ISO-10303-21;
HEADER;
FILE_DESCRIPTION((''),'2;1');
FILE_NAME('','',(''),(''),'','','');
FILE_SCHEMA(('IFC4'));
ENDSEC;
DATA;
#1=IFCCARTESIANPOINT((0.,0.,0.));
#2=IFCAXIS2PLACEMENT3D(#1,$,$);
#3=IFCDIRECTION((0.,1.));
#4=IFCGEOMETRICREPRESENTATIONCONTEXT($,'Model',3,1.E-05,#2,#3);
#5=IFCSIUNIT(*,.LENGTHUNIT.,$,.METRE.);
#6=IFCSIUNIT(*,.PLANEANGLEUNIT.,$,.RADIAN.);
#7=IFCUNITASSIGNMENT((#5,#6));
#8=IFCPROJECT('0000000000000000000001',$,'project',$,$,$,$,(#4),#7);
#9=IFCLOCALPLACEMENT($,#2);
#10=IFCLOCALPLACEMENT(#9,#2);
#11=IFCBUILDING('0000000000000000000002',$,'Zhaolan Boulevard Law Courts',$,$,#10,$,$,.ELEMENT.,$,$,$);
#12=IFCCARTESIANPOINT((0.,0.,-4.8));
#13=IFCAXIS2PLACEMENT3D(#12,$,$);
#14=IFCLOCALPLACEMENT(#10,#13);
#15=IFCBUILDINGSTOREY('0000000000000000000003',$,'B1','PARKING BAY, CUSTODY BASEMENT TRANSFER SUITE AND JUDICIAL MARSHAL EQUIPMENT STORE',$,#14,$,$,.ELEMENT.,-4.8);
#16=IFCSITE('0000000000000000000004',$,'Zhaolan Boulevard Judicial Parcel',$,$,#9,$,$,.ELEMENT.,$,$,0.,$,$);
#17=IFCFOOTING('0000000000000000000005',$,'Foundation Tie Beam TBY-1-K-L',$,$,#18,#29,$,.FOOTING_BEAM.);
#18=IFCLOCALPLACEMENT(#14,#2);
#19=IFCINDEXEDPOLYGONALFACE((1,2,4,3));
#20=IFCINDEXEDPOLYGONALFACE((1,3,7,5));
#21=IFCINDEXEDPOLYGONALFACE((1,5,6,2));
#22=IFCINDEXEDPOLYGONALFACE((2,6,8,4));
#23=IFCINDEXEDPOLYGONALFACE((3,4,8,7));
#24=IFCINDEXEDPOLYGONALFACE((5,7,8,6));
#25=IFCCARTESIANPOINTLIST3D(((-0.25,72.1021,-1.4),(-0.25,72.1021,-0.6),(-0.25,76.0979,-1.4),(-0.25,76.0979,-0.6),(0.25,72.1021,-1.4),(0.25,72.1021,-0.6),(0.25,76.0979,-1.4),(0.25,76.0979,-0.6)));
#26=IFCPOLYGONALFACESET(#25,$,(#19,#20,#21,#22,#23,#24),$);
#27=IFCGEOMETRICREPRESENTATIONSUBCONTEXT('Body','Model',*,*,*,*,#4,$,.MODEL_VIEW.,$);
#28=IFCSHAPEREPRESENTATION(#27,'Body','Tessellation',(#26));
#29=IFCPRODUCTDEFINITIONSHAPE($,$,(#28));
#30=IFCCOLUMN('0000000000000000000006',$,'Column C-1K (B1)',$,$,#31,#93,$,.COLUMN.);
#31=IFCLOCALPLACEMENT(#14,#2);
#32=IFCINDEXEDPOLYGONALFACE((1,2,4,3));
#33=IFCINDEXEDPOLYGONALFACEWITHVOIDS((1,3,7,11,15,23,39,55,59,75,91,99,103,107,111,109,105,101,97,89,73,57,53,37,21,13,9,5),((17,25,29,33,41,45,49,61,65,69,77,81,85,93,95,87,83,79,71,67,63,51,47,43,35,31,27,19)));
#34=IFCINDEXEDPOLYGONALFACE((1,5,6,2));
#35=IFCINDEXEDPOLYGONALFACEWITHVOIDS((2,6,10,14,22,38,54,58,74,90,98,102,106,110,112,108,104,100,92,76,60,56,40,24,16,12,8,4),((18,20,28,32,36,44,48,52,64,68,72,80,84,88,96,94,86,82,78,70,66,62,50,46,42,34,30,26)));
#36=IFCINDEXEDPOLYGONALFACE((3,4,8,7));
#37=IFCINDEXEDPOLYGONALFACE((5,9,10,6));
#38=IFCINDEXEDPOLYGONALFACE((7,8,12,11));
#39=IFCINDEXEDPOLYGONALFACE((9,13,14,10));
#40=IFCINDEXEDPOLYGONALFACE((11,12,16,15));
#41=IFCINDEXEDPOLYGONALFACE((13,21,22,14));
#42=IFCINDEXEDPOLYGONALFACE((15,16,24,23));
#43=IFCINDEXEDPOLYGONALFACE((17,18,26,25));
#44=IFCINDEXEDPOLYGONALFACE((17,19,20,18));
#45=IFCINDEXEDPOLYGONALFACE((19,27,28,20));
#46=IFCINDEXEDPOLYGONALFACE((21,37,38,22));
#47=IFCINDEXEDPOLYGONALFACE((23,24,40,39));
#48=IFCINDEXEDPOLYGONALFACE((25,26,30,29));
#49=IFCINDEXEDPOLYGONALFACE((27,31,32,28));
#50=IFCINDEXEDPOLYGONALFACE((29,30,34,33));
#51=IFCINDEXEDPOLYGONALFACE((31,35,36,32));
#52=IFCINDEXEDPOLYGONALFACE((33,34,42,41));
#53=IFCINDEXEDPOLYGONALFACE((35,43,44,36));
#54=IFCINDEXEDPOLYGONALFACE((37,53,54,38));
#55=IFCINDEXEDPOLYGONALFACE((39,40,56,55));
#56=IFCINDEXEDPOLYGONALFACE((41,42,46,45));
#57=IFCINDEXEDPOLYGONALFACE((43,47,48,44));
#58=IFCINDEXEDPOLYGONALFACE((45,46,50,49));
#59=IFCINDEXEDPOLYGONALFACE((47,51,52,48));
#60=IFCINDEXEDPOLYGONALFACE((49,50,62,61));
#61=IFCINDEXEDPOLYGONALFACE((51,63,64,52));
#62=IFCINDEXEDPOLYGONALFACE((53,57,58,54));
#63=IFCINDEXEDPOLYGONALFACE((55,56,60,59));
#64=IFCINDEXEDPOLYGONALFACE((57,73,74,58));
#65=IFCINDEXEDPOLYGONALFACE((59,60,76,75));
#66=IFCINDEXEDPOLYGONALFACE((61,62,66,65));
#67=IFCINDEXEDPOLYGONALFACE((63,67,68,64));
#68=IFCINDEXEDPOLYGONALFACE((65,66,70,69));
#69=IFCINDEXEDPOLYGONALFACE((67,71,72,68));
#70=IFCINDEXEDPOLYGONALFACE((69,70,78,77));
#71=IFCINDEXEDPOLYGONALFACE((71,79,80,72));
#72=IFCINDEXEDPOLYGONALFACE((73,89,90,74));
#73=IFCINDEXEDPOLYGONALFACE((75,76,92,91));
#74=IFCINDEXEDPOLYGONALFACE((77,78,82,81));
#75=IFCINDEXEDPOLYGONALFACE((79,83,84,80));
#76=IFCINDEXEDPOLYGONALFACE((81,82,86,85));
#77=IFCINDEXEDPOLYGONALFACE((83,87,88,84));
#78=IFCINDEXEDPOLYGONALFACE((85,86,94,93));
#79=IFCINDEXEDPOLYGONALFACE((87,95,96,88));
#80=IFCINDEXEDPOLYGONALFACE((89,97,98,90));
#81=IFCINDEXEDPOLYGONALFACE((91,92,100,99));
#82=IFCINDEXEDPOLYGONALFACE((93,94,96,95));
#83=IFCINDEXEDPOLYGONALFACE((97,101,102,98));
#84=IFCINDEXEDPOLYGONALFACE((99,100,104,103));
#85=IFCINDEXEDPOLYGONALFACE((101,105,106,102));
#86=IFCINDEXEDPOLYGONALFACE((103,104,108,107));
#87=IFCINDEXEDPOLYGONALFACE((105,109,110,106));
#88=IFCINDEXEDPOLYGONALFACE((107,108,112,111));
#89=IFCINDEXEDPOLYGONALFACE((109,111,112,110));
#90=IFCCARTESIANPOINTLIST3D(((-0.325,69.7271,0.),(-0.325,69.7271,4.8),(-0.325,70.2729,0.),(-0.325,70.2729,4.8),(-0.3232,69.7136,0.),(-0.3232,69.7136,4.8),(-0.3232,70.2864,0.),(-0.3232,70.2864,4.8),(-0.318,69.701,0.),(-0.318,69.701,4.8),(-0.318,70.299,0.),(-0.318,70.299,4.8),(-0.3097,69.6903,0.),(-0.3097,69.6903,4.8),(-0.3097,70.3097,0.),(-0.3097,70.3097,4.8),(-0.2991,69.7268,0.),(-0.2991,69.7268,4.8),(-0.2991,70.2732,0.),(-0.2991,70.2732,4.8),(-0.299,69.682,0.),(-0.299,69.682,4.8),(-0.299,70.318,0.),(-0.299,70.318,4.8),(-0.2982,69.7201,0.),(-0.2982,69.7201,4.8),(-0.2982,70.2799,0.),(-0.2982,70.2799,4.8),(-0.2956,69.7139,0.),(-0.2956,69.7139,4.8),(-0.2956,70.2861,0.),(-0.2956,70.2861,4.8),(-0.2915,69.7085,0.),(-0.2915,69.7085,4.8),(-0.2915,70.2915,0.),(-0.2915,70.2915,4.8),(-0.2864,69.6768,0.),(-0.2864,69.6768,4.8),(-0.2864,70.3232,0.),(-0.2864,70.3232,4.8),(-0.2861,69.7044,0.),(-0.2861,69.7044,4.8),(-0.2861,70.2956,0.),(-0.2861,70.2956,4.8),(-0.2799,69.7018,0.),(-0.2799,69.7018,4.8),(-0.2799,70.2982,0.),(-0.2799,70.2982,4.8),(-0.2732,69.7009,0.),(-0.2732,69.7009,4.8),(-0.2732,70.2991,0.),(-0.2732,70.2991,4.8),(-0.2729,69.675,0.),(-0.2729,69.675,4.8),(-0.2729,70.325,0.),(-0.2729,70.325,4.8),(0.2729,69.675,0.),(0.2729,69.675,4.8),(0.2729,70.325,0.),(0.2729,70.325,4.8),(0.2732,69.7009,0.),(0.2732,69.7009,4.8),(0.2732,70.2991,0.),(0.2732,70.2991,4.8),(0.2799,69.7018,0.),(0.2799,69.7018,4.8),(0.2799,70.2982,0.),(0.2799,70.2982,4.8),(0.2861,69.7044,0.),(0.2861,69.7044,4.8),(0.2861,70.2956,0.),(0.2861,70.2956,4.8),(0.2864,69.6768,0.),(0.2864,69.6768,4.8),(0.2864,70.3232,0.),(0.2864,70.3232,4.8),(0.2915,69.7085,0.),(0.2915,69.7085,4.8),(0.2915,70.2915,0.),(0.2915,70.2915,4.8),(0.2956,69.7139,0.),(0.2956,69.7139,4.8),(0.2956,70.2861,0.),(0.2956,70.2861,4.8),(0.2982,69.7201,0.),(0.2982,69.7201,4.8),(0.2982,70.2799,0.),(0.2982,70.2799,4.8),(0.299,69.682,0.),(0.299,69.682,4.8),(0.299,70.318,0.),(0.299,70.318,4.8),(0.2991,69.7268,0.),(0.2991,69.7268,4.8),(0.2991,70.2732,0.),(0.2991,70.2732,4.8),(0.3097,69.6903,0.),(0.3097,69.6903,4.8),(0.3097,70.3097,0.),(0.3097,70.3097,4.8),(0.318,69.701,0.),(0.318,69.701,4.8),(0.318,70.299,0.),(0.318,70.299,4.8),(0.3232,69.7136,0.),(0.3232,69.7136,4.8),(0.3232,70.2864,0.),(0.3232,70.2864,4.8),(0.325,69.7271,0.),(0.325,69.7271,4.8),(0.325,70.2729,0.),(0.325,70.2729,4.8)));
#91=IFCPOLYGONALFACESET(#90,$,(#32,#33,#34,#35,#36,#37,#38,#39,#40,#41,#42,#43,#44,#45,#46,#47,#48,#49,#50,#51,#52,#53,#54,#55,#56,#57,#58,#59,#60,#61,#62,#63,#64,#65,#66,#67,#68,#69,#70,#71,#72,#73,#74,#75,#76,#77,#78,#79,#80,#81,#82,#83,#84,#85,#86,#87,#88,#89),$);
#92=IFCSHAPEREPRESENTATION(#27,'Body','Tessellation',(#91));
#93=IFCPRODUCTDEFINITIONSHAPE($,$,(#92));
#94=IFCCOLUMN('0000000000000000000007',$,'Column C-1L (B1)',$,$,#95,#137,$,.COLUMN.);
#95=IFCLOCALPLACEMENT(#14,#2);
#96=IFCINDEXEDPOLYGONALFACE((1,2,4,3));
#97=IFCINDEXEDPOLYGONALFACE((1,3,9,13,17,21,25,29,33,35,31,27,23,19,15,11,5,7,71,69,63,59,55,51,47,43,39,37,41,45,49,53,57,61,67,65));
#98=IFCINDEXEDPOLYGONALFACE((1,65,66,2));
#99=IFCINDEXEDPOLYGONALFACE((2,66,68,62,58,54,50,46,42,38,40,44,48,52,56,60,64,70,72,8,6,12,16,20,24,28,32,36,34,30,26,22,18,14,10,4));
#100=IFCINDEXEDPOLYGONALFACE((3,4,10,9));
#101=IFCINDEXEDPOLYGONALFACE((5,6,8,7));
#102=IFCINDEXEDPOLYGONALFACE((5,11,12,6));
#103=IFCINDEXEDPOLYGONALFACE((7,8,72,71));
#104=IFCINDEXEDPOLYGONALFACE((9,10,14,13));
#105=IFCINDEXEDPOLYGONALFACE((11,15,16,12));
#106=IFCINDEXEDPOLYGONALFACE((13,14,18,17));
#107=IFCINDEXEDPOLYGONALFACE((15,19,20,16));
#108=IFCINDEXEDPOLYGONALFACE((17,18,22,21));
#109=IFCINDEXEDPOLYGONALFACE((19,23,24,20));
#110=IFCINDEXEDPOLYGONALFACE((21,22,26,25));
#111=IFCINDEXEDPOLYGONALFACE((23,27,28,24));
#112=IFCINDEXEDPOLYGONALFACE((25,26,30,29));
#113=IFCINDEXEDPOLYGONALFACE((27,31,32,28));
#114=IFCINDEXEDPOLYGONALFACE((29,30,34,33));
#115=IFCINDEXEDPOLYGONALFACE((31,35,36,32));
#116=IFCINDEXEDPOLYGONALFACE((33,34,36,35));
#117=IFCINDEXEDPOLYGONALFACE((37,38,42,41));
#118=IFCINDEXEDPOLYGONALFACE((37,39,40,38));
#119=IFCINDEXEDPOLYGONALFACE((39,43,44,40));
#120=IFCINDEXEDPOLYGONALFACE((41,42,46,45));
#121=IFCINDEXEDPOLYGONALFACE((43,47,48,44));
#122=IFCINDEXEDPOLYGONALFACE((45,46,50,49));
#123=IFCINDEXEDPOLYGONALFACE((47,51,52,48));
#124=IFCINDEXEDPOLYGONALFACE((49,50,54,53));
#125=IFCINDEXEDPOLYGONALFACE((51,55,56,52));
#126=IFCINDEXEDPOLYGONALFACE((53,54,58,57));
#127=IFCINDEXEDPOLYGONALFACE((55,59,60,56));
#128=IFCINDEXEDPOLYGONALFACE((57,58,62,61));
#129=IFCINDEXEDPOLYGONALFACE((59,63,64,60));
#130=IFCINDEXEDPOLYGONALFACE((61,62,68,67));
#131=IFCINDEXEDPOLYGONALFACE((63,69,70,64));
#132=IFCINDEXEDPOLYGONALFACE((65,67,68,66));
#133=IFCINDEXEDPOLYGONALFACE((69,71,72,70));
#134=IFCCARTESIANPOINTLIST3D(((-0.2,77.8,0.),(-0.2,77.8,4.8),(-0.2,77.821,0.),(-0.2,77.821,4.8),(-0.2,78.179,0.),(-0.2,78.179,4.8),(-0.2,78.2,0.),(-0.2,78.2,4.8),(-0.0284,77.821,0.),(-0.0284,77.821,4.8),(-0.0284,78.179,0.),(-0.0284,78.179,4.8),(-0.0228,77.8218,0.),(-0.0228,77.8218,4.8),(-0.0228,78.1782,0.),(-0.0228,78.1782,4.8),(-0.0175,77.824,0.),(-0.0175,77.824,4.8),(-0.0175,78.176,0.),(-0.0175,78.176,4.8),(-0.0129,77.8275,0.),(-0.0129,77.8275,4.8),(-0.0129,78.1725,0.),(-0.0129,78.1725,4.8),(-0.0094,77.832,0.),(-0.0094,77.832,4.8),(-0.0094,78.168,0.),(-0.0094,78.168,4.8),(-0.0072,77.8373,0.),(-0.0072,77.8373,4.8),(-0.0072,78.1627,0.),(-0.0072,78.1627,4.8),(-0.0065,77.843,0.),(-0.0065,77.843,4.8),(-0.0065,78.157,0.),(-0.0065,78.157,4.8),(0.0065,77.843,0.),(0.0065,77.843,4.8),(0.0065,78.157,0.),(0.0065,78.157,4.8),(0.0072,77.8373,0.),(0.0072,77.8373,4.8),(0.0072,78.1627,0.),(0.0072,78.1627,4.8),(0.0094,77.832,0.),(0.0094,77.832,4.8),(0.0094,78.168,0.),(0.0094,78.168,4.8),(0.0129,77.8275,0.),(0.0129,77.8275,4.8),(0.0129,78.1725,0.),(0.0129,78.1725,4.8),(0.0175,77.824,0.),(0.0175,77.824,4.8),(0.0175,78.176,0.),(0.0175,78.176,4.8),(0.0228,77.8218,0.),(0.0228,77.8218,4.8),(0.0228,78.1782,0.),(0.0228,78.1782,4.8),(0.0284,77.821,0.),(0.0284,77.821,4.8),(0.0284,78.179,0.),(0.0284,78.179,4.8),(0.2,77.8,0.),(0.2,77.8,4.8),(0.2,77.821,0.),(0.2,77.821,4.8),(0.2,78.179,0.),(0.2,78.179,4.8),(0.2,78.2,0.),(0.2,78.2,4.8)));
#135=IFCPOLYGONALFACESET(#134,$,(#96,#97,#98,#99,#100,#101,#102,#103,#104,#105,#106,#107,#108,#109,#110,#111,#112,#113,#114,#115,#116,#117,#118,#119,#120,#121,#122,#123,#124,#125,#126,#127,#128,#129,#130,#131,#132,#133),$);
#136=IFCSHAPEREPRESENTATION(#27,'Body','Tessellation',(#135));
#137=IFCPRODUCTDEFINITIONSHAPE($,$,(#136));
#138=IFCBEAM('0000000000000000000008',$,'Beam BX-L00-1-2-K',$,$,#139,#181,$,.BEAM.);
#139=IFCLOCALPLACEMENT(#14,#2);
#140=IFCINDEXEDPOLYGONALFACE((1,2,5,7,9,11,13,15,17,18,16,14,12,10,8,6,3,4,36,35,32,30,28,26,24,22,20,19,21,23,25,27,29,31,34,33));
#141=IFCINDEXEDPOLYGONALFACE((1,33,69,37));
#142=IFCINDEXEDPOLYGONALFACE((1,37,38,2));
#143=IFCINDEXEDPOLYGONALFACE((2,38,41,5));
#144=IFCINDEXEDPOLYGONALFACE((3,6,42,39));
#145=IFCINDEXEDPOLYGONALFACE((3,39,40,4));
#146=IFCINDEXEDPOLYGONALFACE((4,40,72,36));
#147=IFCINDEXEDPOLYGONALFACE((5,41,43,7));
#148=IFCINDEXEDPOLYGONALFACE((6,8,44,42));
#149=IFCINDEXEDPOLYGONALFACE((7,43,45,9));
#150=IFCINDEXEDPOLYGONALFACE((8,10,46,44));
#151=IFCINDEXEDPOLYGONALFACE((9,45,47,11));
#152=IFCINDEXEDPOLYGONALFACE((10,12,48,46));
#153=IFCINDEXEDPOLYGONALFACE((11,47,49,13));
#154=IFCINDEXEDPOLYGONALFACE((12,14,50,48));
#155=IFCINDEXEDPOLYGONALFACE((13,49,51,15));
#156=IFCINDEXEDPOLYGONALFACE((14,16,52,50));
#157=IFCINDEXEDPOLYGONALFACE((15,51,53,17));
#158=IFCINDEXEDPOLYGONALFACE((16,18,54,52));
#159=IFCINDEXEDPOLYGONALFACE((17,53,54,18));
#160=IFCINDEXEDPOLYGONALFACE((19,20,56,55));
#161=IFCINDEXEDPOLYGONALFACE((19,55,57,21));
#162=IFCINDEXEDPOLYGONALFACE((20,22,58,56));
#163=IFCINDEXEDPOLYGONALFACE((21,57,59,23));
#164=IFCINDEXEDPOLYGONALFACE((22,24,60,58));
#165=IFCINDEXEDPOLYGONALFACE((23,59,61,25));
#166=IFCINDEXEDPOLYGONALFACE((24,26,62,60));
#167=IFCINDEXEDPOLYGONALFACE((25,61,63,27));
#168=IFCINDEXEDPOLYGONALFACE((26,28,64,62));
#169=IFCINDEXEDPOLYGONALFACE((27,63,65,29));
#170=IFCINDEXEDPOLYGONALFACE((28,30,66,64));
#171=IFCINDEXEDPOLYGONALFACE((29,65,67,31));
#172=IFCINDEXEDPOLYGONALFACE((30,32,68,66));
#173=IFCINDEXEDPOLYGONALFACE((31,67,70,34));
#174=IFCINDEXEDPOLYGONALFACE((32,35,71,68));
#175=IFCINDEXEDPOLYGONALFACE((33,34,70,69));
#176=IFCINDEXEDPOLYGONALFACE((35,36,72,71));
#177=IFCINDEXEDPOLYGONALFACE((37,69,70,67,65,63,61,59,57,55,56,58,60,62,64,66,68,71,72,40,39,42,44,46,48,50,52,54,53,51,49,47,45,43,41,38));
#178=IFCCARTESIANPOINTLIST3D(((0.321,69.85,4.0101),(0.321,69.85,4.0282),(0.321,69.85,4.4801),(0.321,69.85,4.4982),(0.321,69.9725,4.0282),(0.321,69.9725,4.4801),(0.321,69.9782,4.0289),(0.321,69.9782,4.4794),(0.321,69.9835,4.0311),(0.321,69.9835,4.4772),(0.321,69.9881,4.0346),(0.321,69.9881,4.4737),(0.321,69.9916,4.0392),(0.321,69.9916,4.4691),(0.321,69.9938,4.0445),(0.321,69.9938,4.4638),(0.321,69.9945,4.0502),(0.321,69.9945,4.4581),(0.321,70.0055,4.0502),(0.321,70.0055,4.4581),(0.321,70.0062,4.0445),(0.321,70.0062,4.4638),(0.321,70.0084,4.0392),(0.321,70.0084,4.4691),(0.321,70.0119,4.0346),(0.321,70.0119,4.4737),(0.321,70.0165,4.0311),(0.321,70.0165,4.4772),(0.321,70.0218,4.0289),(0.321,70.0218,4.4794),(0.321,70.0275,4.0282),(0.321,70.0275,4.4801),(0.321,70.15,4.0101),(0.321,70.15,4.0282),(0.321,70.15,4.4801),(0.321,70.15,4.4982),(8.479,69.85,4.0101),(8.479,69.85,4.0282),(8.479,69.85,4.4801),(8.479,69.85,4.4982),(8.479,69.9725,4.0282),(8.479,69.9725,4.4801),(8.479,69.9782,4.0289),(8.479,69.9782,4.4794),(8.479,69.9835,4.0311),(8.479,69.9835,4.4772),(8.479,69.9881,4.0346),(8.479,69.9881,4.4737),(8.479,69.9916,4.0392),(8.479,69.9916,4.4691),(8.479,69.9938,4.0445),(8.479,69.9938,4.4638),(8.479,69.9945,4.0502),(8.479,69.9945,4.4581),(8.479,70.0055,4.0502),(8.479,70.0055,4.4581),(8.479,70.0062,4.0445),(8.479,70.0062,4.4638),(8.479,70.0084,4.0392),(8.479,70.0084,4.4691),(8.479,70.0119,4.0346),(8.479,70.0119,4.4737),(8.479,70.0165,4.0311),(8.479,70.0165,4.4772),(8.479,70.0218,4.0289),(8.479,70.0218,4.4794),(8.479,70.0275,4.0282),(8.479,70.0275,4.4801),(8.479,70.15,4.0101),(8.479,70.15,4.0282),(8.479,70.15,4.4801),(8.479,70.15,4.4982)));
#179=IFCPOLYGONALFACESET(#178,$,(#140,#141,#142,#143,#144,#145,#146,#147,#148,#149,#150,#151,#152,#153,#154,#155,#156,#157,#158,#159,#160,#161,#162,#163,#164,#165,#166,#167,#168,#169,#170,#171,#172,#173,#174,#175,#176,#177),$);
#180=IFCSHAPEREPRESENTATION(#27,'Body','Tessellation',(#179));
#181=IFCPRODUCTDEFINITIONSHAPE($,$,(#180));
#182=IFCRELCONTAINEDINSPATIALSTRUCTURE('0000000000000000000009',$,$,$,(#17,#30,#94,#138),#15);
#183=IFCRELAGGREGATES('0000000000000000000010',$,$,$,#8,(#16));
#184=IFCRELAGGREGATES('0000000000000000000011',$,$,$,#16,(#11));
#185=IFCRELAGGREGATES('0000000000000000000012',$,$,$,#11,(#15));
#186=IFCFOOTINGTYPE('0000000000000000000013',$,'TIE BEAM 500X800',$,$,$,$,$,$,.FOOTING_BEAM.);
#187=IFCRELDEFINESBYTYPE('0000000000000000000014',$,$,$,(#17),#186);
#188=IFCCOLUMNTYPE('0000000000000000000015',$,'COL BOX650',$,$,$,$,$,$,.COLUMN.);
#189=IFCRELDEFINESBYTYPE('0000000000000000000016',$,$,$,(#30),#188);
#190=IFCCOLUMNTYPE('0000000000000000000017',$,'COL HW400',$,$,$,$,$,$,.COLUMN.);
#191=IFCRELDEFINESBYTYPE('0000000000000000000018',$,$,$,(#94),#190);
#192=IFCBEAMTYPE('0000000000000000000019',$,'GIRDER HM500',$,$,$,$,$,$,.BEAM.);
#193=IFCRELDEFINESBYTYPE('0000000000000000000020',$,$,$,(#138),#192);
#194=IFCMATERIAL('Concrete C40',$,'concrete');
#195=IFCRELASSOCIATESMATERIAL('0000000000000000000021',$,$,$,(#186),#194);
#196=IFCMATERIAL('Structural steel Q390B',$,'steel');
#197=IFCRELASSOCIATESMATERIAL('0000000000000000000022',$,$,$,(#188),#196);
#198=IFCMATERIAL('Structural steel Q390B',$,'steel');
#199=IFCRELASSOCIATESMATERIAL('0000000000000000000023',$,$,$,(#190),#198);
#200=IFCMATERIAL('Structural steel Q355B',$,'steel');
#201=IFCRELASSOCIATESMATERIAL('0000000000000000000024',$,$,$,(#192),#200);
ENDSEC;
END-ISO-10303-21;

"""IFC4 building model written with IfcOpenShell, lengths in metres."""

from ifc_helpers import new_model, si_unit, direction, frame, origin, origin_2d, place, context, subcontext, project, spatial, rectangle, hollow_rectangle, i_section, extrude, material, material_profile, profile_set, type_object, element, save


model = new_model("IFC4")

# Units and contexts
model_context = context("Model", 3, precision=1e-05, world=origin(), true_north=direction((0.0, 1.0)))
body_context = subcontext(model_context, "Body", "Model", "MODEL_VIEW")
ifc_project = project(units=[si_unit("LENGTHUNIT", "METRE"), si_unit("PLANEANGLEUNIT", "RADIAN")], contexts=[model_context])

# Site, building, storey
site_placement = place(None, origin())
site = spatial("IfcSite", under=ifc_project, at=site_placement, Name="Zhaolan Boulevard Judicial Parcel", CompositionType="ELEMENT", RefElevation=0.0)
building_placement = place(site_placement, origin())
building = spatial("IfcBuilding", under=site, at=building_placement, Name="Zhaolan Boulevard Law Courts", CompositionType="ELEMENT")
storey_placement = place(building_placement, frame((0.0, 0.0, -4.8)))
storey = spatial("IfcBuildingStorey", under=building, at=storey_placement, Name="B1", Description="PARKING BAY, CUSTODY BASEMENT TRANSFER SUITE AND JUDICIAL MARSHAL EQUIPMENT STORE", CompositionType="ELEMENT", Elevation=-4.8)

# Footing
ifc_material_1 = material(Name="Concrete C40", Category="concrete")
ifc_material_profile_1 = material_profile(ifc_material_1, rectangle(XDim=0.5, YDim=0.8, at=origin_2d()), Name="RC500x800")
ifc_profile_set_1 = profile_set([ifc_material_profile_1], Name="Concrete C40")
footing_type_1 = type_object("IfcFootingType", Name="TIE BEAM 500X800", PredefinedType="FOOTING_BEAM", material=ifc_profile_set_1)
footing_1_placement = place(storey_placement, frame((0.0, 72.1021, -1.0), z_axis=(0.0, 1.0, 0.0), x_axis=(-1.0, 0.0, 0.0)))
element("IfcFooting", 1, at=footing_1_placement, inside=storey, type_object=footing_type_1, Name="Foundation Tie Beam TBY-1-K-L", PredefinedType="FOOTING_BEAM", context=body_context, shape_type="SweptSolid", body=[
    extrude(rectangle(XDim=0.5, YDim=0.8, at=origin_2d()), origin(), (0.0, 0.0, 1.0), 3.9958),
])

# Columns
ifc_material_2 = material(Name="Structural steel Q390B", Category="steel")
ifc_material_profile_2 = material_profile(ifc_material_2, hollow_rectangle(XDim=0.6499, YDim=0.6499, WallThickness=0.0259, InnerFilletRadius=0.0259, OuterFilletRadius=0.052, at=origin_2d()), Name="BOX650x650x26")
ifc_profile_set_2 = profile_set([ifc_material_profile_2], Name="Structural steel Q390B")
column_type_1 = type_object("IfcColumnType", Name="COL BOX650", PredefinedType="COLUMN", material=ifc_profile_set_2)
column_1_placement = place(storey_placement, frame((0.0, 70.0, 0.0), z_axis=(0.0, 0.0, 1.0), x_axis=(1.0, 0.0, 0.0)))
element("IfcColumn", 2, at=column_1_placement, inside=storey, type_object=column_type_1, Name="Column C-1K (B1)", PredefinedType="COLUMN", context=body_context, shape_type="SweptSolid", body=[
    extrude(hollow_rectangle(XDim=0.6499, YDim=0.6499, WallThickness=0.0259, InnerFilletRadius=0.0259, OuterFilletRadius=0.052, at=origin_2d()), origin(), (0.0, 0.0, 1.0), 4.8),
])
ifc_material_3 = material(Name="Structural steel Q390B", Category="steel")
ifc_material_profile_3 = material_profile(ifc_material_3, i_section(OverallWidth=0.3999, OverallDepth=0.3999, WebThickness=0.0129, FlangeThickness=0.021, FilletRadius=0.022, at=origin_2d()), Name="HW400x400")
ifc_profile_set_3 = profile_set([ifc_material_profile_3], Name="Structural steel Q390B")
column_type_2 = type_object("IfcColumnType", Name="COL HW400", PredefinedType="COLUMN", material=ifc_profile_set_3)
column_2_placement = place(storey_placement, frame((0.0, 78.0, 0.0), z_axis=(0.0, 0.0, 1.0), x_axis=(1.0, 0.0, 0.0)))
element("IfcColumn", 3, at=column_2_placement, inside=storey, type_object=column_type_2, Name="Column C-1L (B1)", PredefinedType="COLUMN", context=body_context, shape_type="SweptSolid", body=[
    extrude(i_section(OverallWidth=0.3999, OverallDepth=0.3999, WebThickness=0.0129, FlangeThickness=0.021, FilletRadius=0.022, at=origin_2d()), origin(), (0.0, 0.0, 1.0), 4.8),
])

# Beam
ifc_material_4 = material(Name="Structural steel Q355B", Category="steel")
ifc_material_profile_4 = material_profile(ifc_material_4, i_section(OverallWidth=0.3, OverallDepth=0.488, WebThickness=0.011, FlangeThickness=0.0181, FilletRadius=0.022, at=origin_2d()), Name="HM488x300")
ifc_profile_set_4 = profile_set([ifc_material_profile_4], Name="Structural steel Q355B")
beam_type_1 = type_object("IfcBeamType", Name="GIRDER HM500", PredefinedType="BEAM", material=ifc_profile_set_4)
beam_1_placement = place(storey_placement, frame((0.321, 70.0, 4.2542), z_axis=(1.0, 0.0, 0.0), x_axis=(0.0, 1.0, 0.0)))
element("IfcBeam", 4, at=beam_1_placement, inside=storey, type_object=beam_type_1, Name="Beam BX-L00-1-2-K", PredefinedType="BEAM", context=body_context, shape_type="SweptSolid", body=[
    extrude(i_section(OverallWidth=0.3, OverallDepth=0.488, WebThickness=0.011, FlangeThickness=0.0181, FilletRadius=0.022, at=origin_2d()), origin(), (0.0, 0.0, 1.0), 8.158),
])

save(model, "model.ifc")
